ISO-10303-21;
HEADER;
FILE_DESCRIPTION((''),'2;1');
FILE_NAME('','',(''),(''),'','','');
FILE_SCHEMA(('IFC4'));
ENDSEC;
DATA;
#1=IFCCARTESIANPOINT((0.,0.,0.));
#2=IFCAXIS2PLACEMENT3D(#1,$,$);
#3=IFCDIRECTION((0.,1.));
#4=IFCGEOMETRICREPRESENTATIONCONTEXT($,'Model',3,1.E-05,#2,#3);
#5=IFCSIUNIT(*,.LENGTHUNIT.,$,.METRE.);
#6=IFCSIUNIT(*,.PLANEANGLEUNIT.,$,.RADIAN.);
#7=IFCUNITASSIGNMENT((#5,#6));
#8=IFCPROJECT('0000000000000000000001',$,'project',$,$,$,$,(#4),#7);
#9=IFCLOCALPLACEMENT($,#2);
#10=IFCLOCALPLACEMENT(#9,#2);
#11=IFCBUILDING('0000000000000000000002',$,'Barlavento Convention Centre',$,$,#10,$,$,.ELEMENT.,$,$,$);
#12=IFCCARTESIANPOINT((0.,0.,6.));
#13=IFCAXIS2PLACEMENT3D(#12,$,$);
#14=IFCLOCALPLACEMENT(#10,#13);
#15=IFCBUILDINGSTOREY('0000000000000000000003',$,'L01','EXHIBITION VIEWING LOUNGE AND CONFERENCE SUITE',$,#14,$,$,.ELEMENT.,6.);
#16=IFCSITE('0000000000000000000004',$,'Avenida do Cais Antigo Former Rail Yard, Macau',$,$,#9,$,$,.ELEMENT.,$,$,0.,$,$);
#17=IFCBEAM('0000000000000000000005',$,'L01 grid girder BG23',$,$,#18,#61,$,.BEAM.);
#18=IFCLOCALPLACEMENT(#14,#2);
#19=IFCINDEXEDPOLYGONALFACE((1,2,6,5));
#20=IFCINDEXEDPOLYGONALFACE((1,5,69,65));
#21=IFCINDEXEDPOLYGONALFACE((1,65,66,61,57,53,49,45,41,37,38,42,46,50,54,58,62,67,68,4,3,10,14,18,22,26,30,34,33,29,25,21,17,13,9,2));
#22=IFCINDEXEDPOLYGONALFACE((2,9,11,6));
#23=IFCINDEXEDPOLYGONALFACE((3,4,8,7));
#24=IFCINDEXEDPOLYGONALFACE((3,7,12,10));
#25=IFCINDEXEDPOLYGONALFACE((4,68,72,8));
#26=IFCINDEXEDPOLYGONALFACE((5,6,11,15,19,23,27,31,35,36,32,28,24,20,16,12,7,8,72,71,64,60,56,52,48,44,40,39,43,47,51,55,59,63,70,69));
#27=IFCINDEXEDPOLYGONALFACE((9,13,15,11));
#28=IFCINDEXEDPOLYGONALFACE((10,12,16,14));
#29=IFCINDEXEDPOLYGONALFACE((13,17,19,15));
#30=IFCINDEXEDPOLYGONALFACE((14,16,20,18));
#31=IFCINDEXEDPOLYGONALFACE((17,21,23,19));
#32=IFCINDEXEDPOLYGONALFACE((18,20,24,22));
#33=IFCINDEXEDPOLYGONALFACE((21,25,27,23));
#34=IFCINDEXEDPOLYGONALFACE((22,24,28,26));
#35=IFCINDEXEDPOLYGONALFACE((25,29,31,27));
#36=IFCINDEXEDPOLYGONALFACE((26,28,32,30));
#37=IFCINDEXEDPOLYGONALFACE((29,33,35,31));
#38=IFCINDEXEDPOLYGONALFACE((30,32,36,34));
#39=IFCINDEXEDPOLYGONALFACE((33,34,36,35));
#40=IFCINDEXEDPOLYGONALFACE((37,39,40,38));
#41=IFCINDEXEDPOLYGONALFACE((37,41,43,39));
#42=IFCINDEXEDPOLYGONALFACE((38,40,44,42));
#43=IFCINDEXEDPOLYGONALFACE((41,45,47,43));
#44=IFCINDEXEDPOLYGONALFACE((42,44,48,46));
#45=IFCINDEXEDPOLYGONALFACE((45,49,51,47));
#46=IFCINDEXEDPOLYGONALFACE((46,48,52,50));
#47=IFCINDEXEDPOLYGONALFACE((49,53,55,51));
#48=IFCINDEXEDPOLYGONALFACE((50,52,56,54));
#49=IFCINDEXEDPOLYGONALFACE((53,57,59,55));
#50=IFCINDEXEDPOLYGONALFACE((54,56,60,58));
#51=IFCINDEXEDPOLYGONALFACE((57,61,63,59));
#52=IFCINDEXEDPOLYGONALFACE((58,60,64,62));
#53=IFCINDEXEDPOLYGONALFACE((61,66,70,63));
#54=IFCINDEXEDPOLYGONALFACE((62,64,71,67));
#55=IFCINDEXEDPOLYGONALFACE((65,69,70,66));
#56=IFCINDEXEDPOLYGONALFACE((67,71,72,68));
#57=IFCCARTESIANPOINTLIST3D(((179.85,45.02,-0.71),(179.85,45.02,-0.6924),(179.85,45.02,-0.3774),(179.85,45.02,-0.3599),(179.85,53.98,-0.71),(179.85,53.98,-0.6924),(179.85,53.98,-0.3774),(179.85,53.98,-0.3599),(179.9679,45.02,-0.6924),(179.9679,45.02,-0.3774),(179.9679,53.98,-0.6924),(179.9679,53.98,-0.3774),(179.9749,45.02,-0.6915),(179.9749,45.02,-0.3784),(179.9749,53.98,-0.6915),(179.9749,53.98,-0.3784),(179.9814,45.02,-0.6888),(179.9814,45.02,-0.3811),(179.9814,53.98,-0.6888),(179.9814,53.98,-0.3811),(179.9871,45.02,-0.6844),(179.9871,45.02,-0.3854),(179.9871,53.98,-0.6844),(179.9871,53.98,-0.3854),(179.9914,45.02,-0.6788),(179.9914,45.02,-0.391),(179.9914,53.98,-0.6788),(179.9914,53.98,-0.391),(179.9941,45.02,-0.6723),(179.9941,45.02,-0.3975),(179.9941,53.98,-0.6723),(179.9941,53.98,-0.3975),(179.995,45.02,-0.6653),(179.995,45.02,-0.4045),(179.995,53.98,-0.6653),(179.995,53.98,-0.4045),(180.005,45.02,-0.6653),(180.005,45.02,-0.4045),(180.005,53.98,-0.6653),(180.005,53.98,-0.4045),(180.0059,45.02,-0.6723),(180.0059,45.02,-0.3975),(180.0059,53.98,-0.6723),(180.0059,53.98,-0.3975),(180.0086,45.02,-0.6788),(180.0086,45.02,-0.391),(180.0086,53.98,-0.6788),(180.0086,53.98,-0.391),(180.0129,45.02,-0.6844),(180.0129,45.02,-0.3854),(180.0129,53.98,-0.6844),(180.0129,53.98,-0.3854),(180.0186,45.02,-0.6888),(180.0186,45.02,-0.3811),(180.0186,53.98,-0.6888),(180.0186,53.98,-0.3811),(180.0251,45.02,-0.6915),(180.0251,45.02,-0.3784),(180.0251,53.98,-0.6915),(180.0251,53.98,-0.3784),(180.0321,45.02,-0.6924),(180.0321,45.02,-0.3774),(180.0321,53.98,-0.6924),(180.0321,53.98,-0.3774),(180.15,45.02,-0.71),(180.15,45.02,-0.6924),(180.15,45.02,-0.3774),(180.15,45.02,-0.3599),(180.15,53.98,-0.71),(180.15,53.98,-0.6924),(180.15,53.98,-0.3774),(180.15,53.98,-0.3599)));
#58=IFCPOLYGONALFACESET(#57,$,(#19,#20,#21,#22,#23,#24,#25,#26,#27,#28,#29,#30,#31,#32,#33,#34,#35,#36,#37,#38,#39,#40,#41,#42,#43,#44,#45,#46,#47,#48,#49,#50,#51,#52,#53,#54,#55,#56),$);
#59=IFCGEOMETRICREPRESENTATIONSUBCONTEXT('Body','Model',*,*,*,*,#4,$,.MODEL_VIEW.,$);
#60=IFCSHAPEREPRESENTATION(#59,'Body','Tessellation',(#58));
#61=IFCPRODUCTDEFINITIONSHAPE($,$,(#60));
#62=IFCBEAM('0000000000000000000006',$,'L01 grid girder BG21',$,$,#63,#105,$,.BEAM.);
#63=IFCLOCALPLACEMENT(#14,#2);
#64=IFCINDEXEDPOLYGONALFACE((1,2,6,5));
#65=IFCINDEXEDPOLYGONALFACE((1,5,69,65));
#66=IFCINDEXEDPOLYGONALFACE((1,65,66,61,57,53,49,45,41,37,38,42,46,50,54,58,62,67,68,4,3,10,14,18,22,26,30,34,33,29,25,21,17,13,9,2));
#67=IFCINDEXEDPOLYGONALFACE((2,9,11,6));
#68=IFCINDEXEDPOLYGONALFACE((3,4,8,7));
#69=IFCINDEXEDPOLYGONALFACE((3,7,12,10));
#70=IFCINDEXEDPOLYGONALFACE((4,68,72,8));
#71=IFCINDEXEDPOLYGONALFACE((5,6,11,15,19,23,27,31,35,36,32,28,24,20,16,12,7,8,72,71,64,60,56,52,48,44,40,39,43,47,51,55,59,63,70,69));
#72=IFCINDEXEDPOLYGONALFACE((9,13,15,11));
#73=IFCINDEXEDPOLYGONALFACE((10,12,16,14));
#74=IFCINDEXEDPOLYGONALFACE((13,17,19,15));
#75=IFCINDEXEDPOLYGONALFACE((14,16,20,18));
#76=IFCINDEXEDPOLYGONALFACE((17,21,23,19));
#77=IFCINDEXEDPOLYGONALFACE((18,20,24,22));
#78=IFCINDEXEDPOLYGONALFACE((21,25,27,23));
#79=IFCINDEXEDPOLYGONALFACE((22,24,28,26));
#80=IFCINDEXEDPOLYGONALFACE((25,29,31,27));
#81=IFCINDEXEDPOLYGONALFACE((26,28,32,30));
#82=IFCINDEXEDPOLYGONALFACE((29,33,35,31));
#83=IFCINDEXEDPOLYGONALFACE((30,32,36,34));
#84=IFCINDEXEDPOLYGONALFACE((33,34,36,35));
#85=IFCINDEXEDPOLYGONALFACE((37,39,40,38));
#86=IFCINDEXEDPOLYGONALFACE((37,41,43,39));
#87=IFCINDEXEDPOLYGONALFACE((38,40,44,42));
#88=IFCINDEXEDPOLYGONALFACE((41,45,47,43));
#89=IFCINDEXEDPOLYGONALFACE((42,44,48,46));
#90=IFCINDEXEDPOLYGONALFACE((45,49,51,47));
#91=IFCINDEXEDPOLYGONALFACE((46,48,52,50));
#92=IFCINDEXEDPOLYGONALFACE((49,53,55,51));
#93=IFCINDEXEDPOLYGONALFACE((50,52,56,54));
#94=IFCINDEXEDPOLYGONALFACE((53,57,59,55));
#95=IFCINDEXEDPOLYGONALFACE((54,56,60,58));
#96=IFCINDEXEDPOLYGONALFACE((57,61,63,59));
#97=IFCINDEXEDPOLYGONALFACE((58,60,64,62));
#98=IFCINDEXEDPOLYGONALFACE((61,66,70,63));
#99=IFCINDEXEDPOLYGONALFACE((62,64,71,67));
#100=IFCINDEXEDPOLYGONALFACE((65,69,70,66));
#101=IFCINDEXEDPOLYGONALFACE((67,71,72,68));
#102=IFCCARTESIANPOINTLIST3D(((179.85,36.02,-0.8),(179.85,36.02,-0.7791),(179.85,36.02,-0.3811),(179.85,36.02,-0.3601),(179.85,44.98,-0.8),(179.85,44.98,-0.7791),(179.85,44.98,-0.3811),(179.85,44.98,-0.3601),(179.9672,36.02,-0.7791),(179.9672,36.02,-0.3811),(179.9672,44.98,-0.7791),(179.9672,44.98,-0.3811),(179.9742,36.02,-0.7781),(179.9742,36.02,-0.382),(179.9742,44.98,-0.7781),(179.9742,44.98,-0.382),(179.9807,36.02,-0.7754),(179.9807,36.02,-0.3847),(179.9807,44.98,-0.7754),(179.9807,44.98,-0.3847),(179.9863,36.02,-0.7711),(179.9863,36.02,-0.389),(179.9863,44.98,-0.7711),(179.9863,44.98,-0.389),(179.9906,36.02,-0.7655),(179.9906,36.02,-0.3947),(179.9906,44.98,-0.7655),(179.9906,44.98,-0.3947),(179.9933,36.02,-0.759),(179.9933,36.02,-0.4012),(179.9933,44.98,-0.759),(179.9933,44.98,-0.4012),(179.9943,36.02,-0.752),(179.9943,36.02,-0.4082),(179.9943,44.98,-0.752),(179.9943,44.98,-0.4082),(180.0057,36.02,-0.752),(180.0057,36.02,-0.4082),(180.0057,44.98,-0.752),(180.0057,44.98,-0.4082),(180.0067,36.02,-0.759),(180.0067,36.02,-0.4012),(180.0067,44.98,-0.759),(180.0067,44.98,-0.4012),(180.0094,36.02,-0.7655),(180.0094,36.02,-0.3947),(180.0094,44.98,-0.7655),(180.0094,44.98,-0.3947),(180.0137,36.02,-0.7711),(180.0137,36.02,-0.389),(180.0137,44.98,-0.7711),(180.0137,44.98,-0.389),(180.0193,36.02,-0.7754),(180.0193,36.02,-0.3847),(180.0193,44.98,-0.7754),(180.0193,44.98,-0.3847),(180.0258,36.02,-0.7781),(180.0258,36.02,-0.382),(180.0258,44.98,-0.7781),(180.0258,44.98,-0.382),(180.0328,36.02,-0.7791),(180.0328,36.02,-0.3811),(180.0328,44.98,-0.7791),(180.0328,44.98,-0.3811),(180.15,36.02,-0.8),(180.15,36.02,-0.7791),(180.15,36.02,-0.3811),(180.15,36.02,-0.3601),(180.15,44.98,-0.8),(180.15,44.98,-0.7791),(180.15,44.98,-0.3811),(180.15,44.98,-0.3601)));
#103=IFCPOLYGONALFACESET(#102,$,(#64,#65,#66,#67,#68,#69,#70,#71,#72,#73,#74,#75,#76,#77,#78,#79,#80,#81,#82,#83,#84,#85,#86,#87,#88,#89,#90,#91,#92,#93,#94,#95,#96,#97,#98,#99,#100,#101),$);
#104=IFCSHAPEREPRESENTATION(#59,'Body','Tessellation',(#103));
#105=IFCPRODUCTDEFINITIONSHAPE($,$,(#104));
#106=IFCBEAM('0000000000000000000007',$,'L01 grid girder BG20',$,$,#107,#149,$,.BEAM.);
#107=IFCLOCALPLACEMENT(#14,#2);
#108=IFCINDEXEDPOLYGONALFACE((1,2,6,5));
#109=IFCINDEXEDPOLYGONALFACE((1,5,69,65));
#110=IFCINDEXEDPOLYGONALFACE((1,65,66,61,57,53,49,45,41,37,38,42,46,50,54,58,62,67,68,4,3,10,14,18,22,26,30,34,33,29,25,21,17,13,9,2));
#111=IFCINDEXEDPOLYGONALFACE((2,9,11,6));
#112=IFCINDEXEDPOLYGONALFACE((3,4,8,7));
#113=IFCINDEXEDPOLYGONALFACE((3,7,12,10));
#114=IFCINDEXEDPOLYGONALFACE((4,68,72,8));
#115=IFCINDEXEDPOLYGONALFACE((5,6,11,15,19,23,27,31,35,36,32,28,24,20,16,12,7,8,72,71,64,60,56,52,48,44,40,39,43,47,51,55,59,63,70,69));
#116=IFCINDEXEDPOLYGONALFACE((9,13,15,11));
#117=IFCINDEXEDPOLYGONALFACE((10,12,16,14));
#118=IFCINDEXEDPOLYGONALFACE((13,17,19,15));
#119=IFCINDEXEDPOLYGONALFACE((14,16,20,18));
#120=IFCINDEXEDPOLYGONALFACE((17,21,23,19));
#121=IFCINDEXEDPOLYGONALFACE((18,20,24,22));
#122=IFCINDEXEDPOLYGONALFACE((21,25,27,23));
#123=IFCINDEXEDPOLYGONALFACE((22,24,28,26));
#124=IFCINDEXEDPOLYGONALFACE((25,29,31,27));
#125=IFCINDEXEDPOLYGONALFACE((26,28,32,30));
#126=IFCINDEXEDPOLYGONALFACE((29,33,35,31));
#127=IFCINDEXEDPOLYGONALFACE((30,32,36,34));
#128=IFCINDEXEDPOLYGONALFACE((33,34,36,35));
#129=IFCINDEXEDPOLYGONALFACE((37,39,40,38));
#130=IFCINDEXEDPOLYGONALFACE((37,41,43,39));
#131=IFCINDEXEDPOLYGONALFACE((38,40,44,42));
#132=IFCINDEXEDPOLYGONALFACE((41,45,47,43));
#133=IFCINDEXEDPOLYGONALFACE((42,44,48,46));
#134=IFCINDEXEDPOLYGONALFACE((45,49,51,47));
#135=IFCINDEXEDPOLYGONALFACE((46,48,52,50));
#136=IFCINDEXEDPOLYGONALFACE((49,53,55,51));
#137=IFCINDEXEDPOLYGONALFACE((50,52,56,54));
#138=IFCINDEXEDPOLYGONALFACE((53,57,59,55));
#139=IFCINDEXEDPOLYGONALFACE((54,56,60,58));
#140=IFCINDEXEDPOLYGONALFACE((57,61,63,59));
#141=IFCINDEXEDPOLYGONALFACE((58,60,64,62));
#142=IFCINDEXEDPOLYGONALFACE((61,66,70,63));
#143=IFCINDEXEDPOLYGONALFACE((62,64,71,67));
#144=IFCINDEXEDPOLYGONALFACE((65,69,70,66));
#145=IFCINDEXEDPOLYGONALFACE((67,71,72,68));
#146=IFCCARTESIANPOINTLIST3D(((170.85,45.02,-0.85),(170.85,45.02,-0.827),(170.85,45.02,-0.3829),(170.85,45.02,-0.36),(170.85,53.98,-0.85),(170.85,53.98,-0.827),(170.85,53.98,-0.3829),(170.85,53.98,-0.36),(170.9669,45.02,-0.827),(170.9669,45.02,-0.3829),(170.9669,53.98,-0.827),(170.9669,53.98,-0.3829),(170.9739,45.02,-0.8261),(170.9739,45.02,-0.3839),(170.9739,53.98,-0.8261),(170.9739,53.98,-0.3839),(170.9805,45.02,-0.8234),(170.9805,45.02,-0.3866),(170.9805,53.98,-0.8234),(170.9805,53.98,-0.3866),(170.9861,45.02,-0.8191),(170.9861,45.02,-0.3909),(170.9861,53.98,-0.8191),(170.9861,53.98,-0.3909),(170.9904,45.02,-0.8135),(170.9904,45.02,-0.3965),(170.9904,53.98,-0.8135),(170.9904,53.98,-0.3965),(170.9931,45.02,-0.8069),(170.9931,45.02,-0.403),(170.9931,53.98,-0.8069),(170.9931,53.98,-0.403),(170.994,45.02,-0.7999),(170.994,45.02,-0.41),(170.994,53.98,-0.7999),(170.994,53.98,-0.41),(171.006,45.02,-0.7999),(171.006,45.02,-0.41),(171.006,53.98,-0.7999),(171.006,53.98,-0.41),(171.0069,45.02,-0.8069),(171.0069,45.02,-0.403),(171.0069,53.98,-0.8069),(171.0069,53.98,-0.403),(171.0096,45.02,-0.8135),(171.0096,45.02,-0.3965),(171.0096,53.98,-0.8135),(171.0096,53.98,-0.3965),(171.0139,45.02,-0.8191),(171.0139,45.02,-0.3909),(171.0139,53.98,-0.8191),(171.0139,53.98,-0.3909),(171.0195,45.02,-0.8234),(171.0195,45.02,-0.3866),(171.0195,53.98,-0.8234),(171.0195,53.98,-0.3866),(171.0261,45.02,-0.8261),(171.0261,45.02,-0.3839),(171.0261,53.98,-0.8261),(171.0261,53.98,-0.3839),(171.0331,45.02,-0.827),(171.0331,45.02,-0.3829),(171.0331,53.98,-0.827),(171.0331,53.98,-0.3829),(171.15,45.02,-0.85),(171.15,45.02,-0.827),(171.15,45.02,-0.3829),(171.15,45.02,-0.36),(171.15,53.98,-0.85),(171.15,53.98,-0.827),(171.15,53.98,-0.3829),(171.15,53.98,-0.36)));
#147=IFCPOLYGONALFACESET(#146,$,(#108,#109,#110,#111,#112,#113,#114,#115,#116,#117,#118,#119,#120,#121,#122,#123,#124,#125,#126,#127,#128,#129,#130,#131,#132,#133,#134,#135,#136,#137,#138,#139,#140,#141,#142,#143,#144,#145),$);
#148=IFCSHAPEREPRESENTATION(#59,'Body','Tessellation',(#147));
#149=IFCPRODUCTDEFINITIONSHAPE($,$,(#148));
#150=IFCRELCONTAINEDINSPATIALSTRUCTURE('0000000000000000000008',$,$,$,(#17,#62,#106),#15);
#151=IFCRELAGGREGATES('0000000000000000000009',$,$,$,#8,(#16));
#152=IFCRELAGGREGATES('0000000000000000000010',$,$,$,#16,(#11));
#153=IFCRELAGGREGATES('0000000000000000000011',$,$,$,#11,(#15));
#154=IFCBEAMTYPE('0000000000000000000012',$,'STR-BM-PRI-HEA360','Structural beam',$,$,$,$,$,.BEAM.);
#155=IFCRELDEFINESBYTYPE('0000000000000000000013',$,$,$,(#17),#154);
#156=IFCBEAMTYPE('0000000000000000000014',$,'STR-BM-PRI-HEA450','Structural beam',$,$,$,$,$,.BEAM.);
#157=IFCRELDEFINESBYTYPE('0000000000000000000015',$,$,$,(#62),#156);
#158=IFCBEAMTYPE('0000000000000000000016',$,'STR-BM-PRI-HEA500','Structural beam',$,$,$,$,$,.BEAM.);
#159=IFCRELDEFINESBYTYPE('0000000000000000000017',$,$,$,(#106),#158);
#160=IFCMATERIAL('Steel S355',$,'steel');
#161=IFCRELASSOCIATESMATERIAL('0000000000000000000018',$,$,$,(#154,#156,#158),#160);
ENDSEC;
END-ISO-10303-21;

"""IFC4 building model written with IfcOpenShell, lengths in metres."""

from ifc_helpers import new_model, si_unit, direction, frame, origin, origin_2d, place, context, subcontext, project, spatial, i_section, extrude, material, material_profile, profile_set, type_object, element, save


model = new_model("IFC4")

# Units and contexts
model_context = context("Model", 3, precision=1e-05, world=origin(), true_north=direction((0.0, 1.0)))
body_context = subcontext(model_context, "Body", "Model", "MODEL_VIEW")
ifc_project = project(units=[si_unit("LENGTHUNIT", "METRE"), si_unit("PLANEANGLEUNIT", "RADIAN")], contexts=[model_context])

# Site, building, storey
site_placement = place(None, origin())
site = spatial("IfcSite", under=ifc_project, at=site_placement, Name="Avenida do Cais Antigo Former Rail Yard, Macau", CompositionType="ELEMENT", RefElevation=0.0)
building_placement = place(site_placement, origin())
building = spatial("IfcBuilding", under=site, at=building_placement, Name="Barlavento Convention Centre", CompositionType="ELEMENT")
storey_placement = place(building_placement, frame((0.0, 0.0, 6.0)))
storey = spatial("IfcBuildingStorey", under=building, at=storey_placement, Name="L01", Description="EXHIBITION VIEWING LOUNGE AND CONFERENCE SUITE", CompositionType="ELEMENT", Elevation=6.0)

# Shared definitions
ifc_material_1 = material(Name="Steel S355", Category="steel")

# Beams
ifc_material_profile_1 = material_profile(ifc_material_1, i_section(OverallWidth=0.3, OverallDepth=0.3501, WebThickness=0.01, FlangeThickness=0.0176, FilletRadius=0.0271, at=origin_2d()), Name="HEA 360")
ifc_profile_set_1 = profile_set([ifc_material_profile_1], Name="Steel S355")
beam_type_1 = type_object("IfcBeamType", Name="STR-BM-PRI-HEA360", Description="Structural beam", PredefinedType="BEAM", material=ifc_profile_set_1)
for number, where, z_axis, x_axis, name in (
    (1, (180.0, 45.02, -0.5349), (0.0, 1.0, 0.0), (-1.0, 0.0, 0.0), "L01 grid girder BG23"),
):
    element("IfcBeam", number, at=place(storey_placement, frame(where, z_axis=z_axis, x_axis=x_axis)), inside=storey, type_object=beam_type_1, Name=name, PredefinedType="BEAM", context=body_context, shape_type="SweptSolid", body=[
        extrude(i_section(OverallWidth=0.3, OverallDepth=0.3501, WebThickness=0.01, FlangeThickness=0.0176, FilletRadius=0.0271, at=origin_2d()), origin(), (0.0, 0.0, 1.0), 8.96),
    ])
ifc_material_profile_2 = material_profile(ifc_material_1, i_section(OverallWidth=0.3, OverallDepth=0.4399, WebThickness=0.0115, FlangeThickness=0.021, FilletRadius=0.0271, at=origin_2d()), Name="HEA 450")
ifc_profile_set_2 = profile_set([ifc_material_profile_2], Name="Steel S355")
beam_type_2 = type_object("IfcBeamType", Name="STR-BM-PRI-HEA450", Description="Structural beam", PredefinedType="BEAM", material=ifc_profile_set_2)
beam_1_placement = place(storey_placement, frame((180.0, 36.02, -0.5801), z_axis=(0.0, 1.0, 0.0), x_axis=(-1.0, 0.0, 0.0)))
element("IfcBeam", 2, at=beam_1_placement, inside=storey, type_object=beam_type_2, Name="L01 grid girder BG21", PredefinedType="BEAM", context=body_context, shape_type="SweptSolid", body=[
    extrude(i_section(OverallWidth=0.3, OverallDepth=0.4399, WebThickness=0.0115, FlangeThickness=0.021, FilletRadius=0.0271, at=origin_2d()), origin(), (0.0, 0.0, 1.0), 8.96),
])
ifc_material_profile_3 = material_profile(ifc_material_1, i_section(OverallWidth=0.3, OverallDepth=0.49, WebThickness=0.012, FlangeThickness=0.0229, FilletRadius=0.0271, at=origin_2d()), Name="HEA 500")
ifc_profile_set_3 = profile_set([ifc_material_profile_3], Name="Steel S355")
beam_type_3 = type_object("IfcBeamType", Name="STR-BM-PRI-HEA500", Description="Structural beam", PredefinedType="BEAM", material=ifc_profile_set_3)
beam_2_placement = place(storey_placement, frame((171.0, 45.02, -0.605), z_axis=(0.0, 1.0, 0.0), x_axis=(-1.0, 0.0, 0.0)))
element("IfcBeam", 3, at=beam_2_placement, inside=storey, type_object=beam_type_3, Name="L01 grid girder BG20", PredefinedType="BEAM", context=body_context, shape_type="SweptSolid", body=[
    extrude(i_section(OverallWidth=0.3, OverallDepth=0.49, WebThickness=0.012, FlangeThickness=0.0229, FilletRadius=0.0271, at=origin_2d()), origin(), (0.0, 0.0, 1.0), 8.96),
])

save(model, "model.ifc")
